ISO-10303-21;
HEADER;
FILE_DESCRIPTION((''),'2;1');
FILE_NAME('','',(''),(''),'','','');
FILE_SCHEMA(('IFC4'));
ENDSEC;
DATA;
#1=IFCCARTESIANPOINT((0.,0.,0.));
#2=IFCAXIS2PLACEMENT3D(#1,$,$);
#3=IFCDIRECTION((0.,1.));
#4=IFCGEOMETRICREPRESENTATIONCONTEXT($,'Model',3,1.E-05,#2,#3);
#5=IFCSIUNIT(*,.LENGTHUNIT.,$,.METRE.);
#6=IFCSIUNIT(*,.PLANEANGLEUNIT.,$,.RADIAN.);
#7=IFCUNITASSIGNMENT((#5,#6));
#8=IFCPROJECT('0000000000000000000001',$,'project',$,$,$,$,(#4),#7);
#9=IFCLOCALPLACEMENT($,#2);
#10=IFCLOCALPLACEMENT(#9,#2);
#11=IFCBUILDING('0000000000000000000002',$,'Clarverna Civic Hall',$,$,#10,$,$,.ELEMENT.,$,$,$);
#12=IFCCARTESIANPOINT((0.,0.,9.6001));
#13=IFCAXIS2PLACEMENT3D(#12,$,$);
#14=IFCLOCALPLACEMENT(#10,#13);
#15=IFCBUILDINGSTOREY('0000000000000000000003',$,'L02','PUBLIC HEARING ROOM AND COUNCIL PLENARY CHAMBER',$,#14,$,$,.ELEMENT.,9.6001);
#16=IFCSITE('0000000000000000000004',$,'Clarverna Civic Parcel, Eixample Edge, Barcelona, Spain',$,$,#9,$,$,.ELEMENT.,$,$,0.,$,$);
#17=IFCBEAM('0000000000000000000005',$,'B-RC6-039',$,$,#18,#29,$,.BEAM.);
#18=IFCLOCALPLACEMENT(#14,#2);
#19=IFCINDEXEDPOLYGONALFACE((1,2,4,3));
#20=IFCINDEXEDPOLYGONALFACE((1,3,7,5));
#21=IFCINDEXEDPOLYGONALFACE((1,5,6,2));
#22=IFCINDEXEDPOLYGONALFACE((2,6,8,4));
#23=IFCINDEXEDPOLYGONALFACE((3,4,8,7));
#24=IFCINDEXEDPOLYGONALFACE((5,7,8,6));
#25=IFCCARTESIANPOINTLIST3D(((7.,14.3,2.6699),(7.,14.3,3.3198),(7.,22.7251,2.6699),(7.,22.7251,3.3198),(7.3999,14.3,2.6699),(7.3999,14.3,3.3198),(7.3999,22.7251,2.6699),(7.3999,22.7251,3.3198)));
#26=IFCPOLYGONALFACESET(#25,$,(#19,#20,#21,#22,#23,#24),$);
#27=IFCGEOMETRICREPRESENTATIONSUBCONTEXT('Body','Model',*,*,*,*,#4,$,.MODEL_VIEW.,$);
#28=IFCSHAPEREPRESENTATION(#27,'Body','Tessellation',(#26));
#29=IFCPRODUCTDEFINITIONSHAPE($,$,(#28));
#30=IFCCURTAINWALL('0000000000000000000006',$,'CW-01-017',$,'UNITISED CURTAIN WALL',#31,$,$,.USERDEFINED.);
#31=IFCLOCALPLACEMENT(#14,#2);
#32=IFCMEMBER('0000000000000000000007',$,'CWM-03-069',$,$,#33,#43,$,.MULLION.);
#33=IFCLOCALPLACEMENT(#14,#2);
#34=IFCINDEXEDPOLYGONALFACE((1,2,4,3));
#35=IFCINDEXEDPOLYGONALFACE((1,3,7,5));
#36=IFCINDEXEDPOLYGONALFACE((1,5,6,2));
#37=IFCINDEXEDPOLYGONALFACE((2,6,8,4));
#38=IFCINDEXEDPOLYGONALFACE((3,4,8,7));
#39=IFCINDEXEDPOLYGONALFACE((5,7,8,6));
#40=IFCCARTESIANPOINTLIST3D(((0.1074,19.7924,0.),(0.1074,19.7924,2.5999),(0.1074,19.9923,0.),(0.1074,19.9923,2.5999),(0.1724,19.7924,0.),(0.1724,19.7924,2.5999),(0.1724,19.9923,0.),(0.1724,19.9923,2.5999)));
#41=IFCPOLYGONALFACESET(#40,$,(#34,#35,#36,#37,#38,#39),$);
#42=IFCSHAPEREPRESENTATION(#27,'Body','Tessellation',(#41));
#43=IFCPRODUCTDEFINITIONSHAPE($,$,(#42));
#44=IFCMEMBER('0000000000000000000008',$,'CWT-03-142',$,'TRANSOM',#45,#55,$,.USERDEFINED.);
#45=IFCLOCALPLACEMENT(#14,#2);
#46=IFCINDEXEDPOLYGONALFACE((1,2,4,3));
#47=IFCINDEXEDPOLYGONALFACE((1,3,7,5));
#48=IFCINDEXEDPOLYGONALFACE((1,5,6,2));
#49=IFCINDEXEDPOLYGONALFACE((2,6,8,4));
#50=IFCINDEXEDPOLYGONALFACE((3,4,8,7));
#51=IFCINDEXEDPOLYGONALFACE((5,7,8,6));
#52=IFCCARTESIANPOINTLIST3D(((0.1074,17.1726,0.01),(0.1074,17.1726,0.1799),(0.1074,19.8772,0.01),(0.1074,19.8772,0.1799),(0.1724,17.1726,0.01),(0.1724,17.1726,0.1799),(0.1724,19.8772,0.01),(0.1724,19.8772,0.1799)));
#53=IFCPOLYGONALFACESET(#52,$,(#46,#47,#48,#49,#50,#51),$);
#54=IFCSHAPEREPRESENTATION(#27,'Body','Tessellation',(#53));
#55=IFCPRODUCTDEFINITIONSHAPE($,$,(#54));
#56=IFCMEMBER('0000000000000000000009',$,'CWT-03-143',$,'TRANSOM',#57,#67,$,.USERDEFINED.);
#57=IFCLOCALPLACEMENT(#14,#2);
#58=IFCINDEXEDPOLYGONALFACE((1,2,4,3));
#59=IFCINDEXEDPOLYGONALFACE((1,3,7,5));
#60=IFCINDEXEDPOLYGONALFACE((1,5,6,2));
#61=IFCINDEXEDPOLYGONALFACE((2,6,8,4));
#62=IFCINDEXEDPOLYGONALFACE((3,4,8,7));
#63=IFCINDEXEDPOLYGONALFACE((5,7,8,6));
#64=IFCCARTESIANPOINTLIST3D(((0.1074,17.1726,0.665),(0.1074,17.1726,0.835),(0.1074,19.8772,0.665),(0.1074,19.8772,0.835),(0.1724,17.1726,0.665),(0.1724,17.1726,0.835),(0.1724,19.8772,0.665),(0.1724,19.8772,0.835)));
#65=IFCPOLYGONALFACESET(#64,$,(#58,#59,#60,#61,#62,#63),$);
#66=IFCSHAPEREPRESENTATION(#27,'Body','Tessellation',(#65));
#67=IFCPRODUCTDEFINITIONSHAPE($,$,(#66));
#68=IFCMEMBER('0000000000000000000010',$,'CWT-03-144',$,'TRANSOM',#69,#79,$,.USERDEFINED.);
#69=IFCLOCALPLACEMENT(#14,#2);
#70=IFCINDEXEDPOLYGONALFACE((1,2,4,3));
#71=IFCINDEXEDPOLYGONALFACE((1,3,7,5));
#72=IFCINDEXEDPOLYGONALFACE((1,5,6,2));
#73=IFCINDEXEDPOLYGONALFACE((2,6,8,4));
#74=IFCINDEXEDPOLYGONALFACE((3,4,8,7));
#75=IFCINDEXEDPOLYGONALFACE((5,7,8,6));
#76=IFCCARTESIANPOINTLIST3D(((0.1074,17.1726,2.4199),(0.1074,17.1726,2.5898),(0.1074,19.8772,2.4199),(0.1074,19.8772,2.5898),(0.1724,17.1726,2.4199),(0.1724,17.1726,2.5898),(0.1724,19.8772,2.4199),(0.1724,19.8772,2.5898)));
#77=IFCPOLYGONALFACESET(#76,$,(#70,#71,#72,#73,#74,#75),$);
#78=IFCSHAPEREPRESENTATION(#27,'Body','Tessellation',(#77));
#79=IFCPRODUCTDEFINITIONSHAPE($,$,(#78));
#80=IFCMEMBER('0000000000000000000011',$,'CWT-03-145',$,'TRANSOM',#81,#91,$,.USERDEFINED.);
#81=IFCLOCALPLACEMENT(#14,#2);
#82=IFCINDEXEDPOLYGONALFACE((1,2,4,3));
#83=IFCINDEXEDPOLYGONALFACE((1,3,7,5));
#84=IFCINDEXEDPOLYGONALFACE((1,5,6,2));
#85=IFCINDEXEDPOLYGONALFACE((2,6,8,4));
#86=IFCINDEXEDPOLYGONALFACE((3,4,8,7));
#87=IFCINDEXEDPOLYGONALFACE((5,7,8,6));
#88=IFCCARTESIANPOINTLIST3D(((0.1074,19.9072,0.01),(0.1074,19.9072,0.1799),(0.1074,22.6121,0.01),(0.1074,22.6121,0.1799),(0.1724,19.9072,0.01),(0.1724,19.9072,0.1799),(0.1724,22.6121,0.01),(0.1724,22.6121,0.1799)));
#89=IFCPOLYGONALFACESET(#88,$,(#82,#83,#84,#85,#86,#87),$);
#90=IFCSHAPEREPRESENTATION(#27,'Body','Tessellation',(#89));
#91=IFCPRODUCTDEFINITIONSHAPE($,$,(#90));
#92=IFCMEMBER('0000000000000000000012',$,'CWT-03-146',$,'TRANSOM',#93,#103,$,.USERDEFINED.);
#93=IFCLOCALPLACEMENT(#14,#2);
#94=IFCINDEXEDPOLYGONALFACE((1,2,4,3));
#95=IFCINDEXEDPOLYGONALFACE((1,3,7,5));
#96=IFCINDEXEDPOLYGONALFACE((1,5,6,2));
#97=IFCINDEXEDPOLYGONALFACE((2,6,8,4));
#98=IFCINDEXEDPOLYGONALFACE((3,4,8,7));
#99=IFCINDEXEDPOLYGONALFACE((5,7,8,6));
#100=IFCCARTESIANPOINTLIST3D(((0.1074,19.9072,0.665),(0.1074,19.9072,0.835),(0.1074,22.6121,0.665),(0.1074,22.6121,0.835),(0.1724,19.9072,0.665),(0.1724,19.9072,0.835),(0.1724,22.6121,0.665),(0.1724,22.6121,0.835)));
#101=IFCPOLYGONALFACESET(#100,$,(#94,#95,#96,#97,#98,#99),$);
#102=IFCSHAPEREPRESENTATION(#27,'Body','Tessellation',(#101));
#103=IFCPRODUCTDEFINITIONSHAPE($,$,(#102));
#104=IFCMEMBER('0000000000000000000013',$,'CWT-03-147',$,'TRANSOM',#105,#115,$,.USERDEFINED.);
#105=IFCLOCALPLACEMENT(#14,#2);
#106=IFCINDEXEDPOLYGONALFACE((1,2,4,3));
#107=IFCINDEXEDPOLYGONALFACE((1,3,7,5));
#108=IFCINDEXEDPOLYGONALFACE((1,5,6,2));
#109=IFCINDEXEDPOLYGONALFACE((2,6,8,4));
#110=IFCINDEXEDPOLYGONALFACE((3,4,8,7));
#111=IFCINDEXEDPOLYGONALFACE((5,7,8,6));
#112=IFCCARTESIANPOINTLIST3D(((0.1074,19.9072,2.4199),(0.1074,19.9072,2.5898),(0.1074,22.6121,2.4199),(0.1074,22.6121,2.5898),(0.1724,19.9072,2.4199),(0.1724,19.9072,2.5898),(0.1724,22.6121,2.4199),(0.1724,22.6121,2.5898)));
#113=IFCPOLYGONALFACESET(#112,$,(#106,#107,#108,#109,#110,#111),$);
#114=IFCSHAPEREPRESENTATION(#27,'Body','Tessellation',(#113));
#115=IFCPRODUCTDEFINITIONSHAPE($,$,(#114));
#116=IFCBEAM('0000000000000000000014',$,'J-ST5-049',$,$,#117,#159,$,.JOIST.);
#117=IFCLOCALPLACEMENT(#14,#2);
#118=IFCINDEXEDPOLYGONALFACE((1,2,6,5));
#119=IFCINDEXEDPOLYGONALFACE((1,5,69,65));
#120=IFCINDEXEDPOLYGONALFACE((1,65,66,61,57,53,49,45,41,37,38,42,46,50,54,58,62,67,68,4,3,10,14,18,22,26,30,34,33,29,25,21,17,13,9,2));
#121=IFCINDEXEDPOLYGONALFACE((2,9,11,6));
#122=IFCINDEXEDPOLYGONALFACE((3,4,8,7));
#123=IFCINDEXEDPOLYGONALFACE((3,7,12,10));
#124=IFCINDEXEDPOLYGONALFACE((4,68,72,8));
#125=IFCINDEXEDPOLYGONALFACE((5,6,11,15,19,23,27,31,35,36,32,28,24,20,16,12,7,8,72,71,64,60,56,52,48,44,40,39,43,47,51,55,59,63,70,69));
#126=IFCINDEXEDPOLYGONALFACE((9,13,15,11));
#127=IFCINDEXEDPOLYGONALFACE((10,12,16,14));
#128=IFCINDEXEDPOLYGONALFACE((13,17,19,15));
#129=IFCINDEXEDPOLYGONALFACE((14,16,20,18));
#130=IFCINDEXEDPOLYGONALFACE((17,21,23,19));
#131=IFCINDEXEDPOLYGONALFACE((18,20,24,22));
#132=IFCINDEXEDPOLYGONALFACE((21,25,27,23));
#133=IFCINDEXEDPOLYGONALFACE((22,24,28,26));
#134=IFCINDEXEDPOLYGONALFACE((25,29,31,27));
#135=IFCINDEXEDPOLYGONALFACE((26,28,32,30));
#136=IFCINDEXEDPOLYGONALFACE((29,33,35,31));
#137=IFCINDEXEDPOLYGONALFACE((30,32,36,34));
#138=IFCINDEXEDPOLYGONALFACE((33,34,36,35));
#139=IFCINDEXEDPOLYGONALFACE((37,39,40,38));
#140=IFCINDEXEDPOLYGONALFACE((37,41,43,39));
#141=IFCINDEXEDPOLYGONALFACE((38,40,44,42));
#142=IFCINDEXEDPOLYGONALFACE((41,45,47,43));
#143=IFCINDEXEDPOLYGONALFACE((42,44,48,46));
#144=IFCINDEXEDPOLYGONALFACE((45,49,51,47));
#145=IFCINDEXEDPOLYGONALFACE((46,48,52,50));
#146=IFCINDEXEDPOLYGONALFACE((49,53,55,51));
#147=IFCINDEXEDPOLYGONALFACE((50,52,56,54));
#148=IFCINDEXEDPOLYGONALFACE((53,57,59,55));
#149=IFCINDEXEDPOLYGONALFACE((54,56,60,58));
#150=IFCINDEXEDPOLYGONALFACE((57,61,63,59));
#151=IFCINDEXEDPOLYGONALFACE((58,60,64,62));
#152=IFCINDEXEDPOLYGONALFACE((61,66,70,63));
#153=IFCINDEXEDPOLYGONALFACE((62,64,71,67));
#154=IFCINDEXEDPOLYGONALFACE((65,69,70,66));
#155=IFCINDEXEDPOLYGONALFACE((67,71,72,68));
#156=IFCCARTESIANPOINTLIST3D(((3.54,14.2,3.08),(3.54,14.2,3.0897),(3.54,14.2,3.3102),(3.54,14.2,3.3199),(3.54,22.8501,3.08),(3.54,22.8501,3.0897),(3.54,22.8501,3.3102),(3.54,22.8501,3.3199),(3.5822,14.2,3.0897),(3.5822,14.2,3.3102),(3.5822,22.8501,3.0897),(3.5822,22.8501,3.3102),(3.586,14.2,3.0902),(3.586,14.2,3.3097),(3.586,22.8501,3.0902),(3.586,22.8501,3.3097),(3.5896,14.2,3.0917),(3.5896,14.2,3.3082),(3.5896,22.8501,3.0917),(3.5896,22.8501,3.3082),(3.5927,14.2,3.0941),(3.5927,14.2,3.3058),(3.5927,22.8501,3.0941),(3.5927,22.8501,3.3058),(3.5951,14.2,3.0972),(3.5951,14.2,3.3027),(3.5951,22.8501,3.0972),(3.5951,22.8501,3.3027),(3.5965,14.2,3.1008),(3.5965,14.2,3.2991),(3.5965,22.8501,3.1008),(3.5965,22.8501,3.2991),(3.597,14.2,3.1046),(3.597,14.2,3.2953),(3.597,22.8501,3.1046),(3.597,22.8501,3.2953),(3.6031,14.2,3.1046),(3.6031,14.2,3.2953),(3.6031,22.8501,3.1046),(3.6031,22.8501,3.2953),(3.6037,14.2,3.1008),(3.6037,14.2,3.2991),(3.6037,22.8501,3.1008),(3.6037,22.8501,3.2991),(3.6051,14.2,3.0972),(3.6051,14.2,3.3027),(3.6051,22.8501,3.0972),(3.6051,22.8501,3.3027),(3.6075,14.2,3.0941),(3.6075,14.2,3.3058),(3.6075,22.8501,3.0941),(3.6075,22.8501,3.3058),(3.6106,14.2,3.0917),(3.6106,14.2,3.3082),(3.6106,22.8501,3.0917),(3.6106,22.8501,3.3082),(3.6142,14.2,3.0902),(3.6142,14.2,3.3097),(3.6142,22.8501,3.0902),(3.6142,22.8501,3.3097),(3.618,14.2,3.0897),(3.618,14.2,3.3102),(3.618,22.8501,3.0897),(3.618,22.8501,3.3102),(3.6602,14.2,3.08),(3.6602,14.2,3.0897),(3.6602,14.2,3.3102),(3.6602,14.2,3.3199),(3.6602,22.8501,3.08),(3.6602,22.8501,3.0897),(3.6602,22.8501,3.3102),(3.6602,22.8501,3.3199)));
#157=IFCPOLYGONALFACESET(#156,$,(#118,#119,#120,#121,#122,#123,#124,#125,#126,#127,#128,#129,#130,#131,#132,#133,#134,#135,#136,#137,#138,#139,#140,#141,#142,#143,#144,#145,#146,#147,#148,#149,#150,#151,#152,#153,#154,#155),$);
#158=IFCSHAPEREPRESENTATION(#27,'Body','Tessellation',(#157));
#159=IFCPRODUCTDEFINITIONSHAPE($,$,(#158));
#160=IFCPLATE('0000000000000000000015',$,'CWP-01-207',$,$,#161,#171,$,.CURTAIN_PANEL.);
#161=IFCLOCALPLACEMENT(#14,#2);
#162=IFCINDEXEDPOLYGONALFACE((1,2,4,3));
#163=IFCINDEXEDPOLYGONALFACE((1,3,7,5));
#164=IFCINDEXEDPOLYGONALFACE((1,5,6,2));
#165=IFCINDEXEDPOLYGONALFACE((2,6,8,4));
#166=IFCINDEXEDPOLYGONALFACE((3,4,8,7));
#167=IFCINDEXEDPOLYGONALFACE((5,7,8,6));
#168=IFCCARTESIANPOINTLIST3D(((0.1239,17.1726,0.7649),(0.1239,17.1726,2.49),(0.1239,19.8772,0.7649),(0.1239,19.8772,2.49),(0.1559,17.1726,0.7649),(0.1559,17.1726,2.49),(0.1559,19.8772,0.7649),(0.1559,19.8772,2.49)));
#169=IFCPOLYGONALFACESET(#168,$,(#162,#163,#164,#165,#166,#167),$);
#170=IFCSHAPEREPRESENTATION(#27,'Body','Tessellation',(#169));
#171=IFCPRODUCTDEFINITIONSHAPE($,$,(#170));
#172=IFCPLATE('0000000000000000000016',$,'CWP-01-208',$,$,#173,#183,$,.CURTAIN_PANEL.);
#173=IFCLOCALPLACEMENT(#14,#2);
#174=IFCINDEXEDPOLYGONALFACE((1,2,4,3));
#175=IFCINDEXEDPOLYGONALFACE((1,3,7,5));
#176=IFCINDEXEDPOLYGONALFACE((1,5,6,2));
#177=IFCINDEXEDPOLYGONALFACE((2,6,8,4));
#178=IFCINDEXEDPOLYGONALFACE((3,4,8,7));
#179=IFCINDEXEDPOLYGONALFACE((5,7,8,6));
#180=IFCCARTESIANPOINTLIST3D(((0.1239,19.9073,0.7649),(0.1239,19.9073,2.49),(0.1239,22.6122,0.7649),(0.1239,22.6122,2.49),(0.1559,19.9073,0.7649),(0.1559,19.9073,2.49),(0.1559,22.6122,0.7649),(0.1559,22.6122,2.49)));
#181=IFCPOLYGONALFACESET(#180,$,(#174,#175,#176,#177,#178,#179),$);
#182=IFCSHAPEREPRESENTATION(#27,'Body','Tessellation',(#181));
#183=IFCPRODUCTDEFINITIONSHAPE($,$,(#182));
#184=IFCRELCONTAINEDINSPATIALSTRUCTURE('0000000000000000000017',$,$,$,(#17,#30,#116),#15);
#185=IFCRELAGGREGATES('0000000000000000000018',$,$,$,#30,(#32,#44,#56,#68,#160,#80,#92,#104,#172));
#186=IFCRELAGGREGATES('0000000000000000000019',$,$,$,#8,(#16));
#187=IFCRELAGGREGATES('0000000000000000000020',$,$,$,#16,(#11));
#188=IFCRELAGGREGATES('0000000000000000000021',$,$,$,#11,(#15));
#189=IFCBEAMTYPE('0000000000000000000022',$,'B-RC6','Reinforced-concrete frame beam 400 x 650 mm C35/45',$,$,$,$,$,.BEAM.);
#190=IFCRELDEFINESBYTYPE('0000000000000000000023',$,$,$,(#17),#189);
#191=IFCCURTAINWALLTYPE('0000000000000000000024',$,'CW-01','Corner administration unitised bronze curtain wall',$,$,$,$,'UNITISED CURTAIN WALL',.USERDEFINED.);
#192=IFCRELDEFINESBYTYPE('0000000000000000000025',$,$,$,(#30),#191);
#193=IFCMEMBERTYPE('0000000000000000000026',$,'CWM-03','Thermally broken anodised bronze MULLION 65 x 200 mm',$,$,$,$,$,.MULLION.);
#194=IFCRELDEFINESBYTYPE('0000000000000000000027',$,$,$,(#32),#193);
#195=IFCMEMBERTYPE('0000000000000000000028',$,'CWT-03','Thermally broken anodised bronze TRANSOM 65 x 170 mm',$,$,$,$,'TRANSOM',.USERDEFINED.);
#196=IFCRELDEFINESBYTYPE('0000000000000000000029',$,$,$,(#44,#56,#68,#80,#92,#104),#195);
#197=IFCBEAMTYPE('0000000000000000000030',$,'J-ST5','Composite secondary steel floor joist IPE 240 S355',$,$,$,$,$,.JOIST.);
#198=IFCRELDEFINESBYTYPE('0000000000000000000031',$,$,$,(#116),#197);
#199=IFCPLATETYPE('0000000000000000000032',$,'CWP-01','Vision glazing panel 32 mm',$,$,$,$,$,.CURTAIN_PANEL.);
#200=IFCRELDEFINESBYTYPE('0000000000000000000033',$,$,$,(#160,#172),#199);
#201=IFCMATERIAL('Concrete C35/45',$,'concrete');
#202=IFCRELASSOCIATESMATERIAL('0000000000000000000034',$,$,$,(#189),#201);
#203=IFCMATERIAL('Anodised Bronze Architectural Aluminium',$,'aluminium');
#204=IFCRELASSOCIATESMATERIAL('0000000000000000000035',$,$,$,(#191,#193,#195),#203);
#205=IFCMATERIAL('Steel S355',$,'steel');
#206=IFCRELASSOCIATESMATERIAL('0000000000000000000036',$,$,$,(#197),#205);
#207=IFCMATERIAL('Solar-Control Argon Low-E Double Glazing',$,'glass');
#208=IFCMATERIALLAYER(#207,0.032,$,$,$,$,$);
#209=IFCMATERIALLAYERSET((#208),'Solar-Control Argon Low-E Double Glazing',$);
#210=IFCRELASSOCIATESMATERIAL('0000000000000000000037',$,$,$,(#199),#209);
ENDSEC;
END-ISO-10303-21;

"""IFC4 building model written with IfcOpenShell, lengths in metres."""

from ifc_helpers import new_model, si_unit, direction, frame, frame_2d, origin, origin_2d, place, context, subcontext, project, spatial, rectangle, i_section, extrude, material, layer, layer_set, material_profile, profile_set, type_object, element, aggregate, save


model = new_model("IFC4")

# Units and contexts
model_context = context("Model", 3, precision=1e-05, world=origin(), true_north=direction((0.0, 1.0)))
body_context = subcontext(model_context, "Body", "Model", "MODEL_VIEW")
ifc_project = project(units=[si_unit("LENGTHUNIT", "METRE"), si_unit("PLANEANGLEUNIT", "RADIAN")], contexts=[model_context])

# Site, building, storey
site_placement = place(None, origin())
site = spatial("IfcSite", under=ifc_project, at=site_placement, Name="Clarverna Civic Parcel, Eixample Edge, Barcelona, Spain", CompositionType="ELEMENT", RefElevation=0.0)
building_placement = place(site_placement, origin())
building = spatial("IfcBuilding", under=site, at=building_placement, Name="Clarverna Civic Hall", CompositionType="ELEMENT")
storey_placement = place(building_placement, frame((0.0, 0.0, 9.6001)))
storey = spatial("IfcBuildingStorey", under=building, at=storey_placement, Name="L02", Description="PUBLIC HEARING ROOM AND COUNCIL PLENARY CHAMBER", CompositionType="ELEMENT", Elevation=9.6001)

# Beam
ifc_material_1 = material(Name="Concrete C35/45", Category="concrete")
ifc_material_profile_1 = material_profile(ifc_material_1, rectangle(XDim=0.3999, YDim=0.6499, at=origin_2d()), Name="RC 400x650")
ifc_profile_set_1 = profile_set([ifc_material_profile_1], Name="Concrete C35/45")
beam_type_1 = type_object("IfcBeamType", Name="B-RC6", Description="Reinforced-concrete frame beam 400 x 650 mm C35/45", PredefinedType="BEAM", material=ifc_profile_set_1)
beam_1_placement = place(storey_placement, frame((7.2, 14.3, 2.9949), z_axis=(0.0, 1.0, 0.0), x_axis=(-1.0, 0.0, 0.0)))
element("IfcBeam", 1, at=beam_1_placement, inside=storey, type_object=beam_type_1, Name="B-RC6-039", PredefinedType="BEAM", context=body_context, shape_type="SweptSolid", body=[
    extrude(rectangle(XDim=0.3999, YDim=0.6499, at=origin_2d()), origin(), (0.0, 0.0, 1.0), 8.425),
])

# Curtain wall, members
ifc_material_2 = material(Name="Anodised Bronze Architectural Aluminium", Category="aluminium")
curtain_wall_type = type_object("IfcCurtainWallType", Name="CW-01", Description="Corner administration unitised bronze curtain wall", ElementType="UNITISED CURTAIN WALL", PredefinedType="USERDEFINED", material=ifc_material_2)
curtain_wall_placement = place(storey_placement, origin())
curtain_wall = element("IfcCurtainWall", 2, at=curtain_wall_placement, inside=storey, type_object=curtain_wall_type, Name="CW-01-017", ObjectType="UNITISED CURTAIN WALL", PredefinedType="USERDEFINED")
ifc_material_profile_2 = material_profile(ifc_material_2, rectangle(XDim=0.0649, YDim=0.2, at=origin_2d()), Name="BRONZE 65x200")
ifc_profile_set_2 = profile_set([ifc_material_profile_2], Name="Anodised Bronze Architectural Aluminium")
member_type_1 = type_object("IfcMemberType", Name="CWM-03", Description="Thermally broken anodised bronze MULLION 65 x 200 mm", PredefinedType="MULLION", material=ifc_profile_set_2)
member_1_placement = place(storey_placement, frame((0.1399, 19.8923, 0.0), z_axis=(0.0, 0.0, 1.0), x_axis=(1.0, 0.0, 0.0)))
member_1 = element("IfcMember", 3, at=member_1_placement, type_object=member_type_1, Name="CWM-03-069", PredefinedType="MULLION", context=body_context, shape_type="SweptSolid", body=[
    extrude(rectangle(XDim=0.0649, YDim=0.2, at=origin_2d()), origin(), (0.0, 0.0, 1.0), 2.5999),
])
ifc_material_profile_3 = material_profile(ifc_material_2, rectangle(XDim=0.0649, YDim=0.1699, at=origin_2d()), Name="BRONZE 65x170")
ifc_profile_set_3 = profile_set([ifc_material_profile_3], Name="Anodised Bronze Architectural Aluminium")
member_type_2 = type_object("IfcMemberType", Name="CWT-03", Description="Thermally broken anodised bronze TRANSOM 65 x 170 mm", ElementType="TRANSOM", PredefinedType="USERDEFINED", material=ifc_profile_set_3)
member_2_placement = place(storey_placement, frame((0.1399, 17.1726, 0.095), z_axis=(0.0, 1.0, 0.0), x_axis=(-1.0, 0.0, 0.0)))
member_2 = element("IfcMember", 4, at=member_2_placement, type_object=member_type_2, Name="CWT-03-142", ObjectType="TRANSOM", PredefinedType="USERDEFINED", context=body_context, shape_type="SweptSolid", body=[
    extrude(rectangle(XDim=0.0649, YDim=0.1699, at=origin_2d()), origin(), (0.0, 0.0, 1.0), 2.7046),
])
member_3_placement = place(storey_placement, frame((0.1399, 17.1726, 0.75), z_axis=(0.0, 1.0, 0.0), x_axis=(-1.0, 0.0, 0.0)))
member_3 = element("IfcMember", 5, at=member_3_placement, type_object=member_type_2, Name="CWT-03-143", ObjectType="TRANSOM", PredefinedType="USERDEFINED", context=body_context, shape_type="SweptSolid", body=[
    extrude(rectangle(XDim=0.0649, YDim=0.1699, at=origin_2d()), origin(), (0.0, 0.0, 1.0), 2.7046),
])
member_4_placement = place(storey_placement, frame((0.1399, 17.1726, 2.5049), z_axis=(0.0, 1.0, 0.0), x_axis=(-1.0, 0.0, 0.0)))
member_4 = element("IfcMember", 6, at=member_4_placement, type_object=member_type_2, Name="CWT-03-144", ObjectType="TRANSOM", PredefinedType="USERDEFINED", context=body_context, shape_type="SweptSolid", body=[
    extrude(rectangle(XDim=0.0649, YDim=0.1699, at=origin_2d()), origin(), (0.0, 0.0, 1.0), 2.7046),
])
member_5_placement = place(storey_placement, frame((0.1399, 19.9072, 0.095), z_axis=(0.0, 1.0, 0.0), x_axis=(-1.0, 0.0, 0.0)))
member_5 = element("IfcMember", 7, at=member_5_placement, type_object=member_type_2, Name="CWT-03-145", ObjectType="TRANSOM", PredefinedType="USERDEFINED", context=body_context, shape_type="SweptSolid", body=[
    extrude(rectangle(XDim=0.0649, YDim=0.1699, at=origin_2d()), origin(), (0.0, 0.0, 1.0), 2.7048),
])
member_6_placement = place(storey_placement, frame((0.1399, 19.9072, 0.75), z_axis=(0.0, 1.0, 0.0), x_axis=(-1.0, 0.0, 0.0)))
member_6 = element("IfcMember", 8, at=member_6_placement, type_object=member_type_2, Name="CWT-03-146", ObjectType="TRANSOM", PredefinedType="USERDEFINED", context=body_context, shape_type="SweptSolid", body=[
    extrude(rectangle(XDim=0.0649, YDim=0.1699, at=origin_2d()), origin(), (0.0, 0.0, 1.0), 2.7048),
])
member_7_placement = place(storey_placement, frame((0.1399, 19.9072, 2.5049), z_axis=(0.0, 1.0, 0.0), x_axis=(-1.0, 0.0, 0.0)))
member_7 = element("IfcMember", 9, at=member_7_placement, type_object=member_type_2, Name="CWT-03-147", ObjectType="TRANSOM", PredefinedType="USERDEFINED", context=body_context, shape_type="SweptSolid", body=[
    extrude(rectangle(XDim=0.0649, YDim=0.1699, at=origin_2d()), origin(), (0.0, 0.0, 1.0), 2.7048),
])

# Beam
ifc_material_3 = material(Name="Steel S355", Category="steel")
ifc_material_profile_4 = material_profile(ifc_material_3, i_section(OverallWidth=0.1201, OverallDepth=0.24, WebThickness=0.0061, FlangeThickness=0.0098, FilletRadius=0.0149, at=origin_2d()), Name="IPE 240")
ifc_profile_set_4 = profile_set([ifc_material_profile_4], Name="Steel S355")
beam_type_2 = type_object("IfcBeamType", Name="J-ST5", Description="Composite secondary steel floor joist IPE 240 S355", PredefinedType="JOIST", material=ifc_profile_set_4)
beam_2_placement = place(storey_placement, frame((3.6001, 14.2, 3.2), z_axis=(0.0, 1.0, 0.0), x_axis=(-1.0, 0.0, 0.0)))
element("IfcBeam", 10, at=beam_2_placement, inside=storey, type_object=beam_type_2, Name="J-ST5-049", PredefinedType="JOIST", context=body_context, shape_type="SweptSolid", body=[
    extrude(i_section(OverallWidth=0.1201, OverallDepth=0.24, WebThickness=0.0061, FlangeThickness=0.0098, FilletRadius=0.0149, at=origin_2d()), origin(), (0.0, 0.0, 1.0), 8.6501),
])

# Plates
ifc_material_4 = material(Name="Solar-Control Argon Low-E Double Glazing", Category="glass")
ifc_layer_1 = layer(ifc_material_4, 0.032)
ifc_layer_set_1 = layer_set([ifc_layer_1], Name="Solar-Control Argon Low-E Double Glazing")
plate_type_1 = type_object("IfcPlateType", Name="CWP-01", Description="Vision glazing panel 32 mm", PredefinedType="CURTAIN_PANEL", material=ifc_layer_set_1)
plate_1_placement = place(storey_placement, frame((0.1399, 17.1726, 0.7649), z_axis=(0.0, 0.0, 1.0), x_axis=(0.0, 1.0, 0.0)))
plate_1 = element("IfcPlate", 11, at=plate_1_placement, type_object=plate_type_1, Name="CWP-01-207", PredefinedType="CURTAIN_PANEL", context=body_context, shape_type="SweptSolid", body=[
    extrude(rectangle(XDim=2.7046, YDim=0.032, at=frame_2d((1.3523, 0.0))), origin(), (0.0, 0.0, 1.0), 1.7251),
])
plate_2_placement = place(storey_placement, frame((0.1399, 19.9072, 0.7649), z_axis=(0.0, 0.0, 1.0), x_axis=(0.0, 1.0, 0.0)))
plate_2 = element("IfcPlate", 12, at=plate_2_placement, type_object=plate_type_1, Name="CWP-01-208", PredefinedType="CURTAIN_PANEL", context=body_context, shape_type="SweptSolid", body=[
    extrude(rectangle(XDim=2.7048, YDim=0.032, at=frame_2d((1.3525, 0.0))), origin(), (0.0, 0.0, 1.0), 1.7251),
])
aggregate(curtain_wall, [member_1, member_2, member_3, member_4, plate_1, member_5, member_6, member_7, plate_2])

save(model, "model.ifc")
